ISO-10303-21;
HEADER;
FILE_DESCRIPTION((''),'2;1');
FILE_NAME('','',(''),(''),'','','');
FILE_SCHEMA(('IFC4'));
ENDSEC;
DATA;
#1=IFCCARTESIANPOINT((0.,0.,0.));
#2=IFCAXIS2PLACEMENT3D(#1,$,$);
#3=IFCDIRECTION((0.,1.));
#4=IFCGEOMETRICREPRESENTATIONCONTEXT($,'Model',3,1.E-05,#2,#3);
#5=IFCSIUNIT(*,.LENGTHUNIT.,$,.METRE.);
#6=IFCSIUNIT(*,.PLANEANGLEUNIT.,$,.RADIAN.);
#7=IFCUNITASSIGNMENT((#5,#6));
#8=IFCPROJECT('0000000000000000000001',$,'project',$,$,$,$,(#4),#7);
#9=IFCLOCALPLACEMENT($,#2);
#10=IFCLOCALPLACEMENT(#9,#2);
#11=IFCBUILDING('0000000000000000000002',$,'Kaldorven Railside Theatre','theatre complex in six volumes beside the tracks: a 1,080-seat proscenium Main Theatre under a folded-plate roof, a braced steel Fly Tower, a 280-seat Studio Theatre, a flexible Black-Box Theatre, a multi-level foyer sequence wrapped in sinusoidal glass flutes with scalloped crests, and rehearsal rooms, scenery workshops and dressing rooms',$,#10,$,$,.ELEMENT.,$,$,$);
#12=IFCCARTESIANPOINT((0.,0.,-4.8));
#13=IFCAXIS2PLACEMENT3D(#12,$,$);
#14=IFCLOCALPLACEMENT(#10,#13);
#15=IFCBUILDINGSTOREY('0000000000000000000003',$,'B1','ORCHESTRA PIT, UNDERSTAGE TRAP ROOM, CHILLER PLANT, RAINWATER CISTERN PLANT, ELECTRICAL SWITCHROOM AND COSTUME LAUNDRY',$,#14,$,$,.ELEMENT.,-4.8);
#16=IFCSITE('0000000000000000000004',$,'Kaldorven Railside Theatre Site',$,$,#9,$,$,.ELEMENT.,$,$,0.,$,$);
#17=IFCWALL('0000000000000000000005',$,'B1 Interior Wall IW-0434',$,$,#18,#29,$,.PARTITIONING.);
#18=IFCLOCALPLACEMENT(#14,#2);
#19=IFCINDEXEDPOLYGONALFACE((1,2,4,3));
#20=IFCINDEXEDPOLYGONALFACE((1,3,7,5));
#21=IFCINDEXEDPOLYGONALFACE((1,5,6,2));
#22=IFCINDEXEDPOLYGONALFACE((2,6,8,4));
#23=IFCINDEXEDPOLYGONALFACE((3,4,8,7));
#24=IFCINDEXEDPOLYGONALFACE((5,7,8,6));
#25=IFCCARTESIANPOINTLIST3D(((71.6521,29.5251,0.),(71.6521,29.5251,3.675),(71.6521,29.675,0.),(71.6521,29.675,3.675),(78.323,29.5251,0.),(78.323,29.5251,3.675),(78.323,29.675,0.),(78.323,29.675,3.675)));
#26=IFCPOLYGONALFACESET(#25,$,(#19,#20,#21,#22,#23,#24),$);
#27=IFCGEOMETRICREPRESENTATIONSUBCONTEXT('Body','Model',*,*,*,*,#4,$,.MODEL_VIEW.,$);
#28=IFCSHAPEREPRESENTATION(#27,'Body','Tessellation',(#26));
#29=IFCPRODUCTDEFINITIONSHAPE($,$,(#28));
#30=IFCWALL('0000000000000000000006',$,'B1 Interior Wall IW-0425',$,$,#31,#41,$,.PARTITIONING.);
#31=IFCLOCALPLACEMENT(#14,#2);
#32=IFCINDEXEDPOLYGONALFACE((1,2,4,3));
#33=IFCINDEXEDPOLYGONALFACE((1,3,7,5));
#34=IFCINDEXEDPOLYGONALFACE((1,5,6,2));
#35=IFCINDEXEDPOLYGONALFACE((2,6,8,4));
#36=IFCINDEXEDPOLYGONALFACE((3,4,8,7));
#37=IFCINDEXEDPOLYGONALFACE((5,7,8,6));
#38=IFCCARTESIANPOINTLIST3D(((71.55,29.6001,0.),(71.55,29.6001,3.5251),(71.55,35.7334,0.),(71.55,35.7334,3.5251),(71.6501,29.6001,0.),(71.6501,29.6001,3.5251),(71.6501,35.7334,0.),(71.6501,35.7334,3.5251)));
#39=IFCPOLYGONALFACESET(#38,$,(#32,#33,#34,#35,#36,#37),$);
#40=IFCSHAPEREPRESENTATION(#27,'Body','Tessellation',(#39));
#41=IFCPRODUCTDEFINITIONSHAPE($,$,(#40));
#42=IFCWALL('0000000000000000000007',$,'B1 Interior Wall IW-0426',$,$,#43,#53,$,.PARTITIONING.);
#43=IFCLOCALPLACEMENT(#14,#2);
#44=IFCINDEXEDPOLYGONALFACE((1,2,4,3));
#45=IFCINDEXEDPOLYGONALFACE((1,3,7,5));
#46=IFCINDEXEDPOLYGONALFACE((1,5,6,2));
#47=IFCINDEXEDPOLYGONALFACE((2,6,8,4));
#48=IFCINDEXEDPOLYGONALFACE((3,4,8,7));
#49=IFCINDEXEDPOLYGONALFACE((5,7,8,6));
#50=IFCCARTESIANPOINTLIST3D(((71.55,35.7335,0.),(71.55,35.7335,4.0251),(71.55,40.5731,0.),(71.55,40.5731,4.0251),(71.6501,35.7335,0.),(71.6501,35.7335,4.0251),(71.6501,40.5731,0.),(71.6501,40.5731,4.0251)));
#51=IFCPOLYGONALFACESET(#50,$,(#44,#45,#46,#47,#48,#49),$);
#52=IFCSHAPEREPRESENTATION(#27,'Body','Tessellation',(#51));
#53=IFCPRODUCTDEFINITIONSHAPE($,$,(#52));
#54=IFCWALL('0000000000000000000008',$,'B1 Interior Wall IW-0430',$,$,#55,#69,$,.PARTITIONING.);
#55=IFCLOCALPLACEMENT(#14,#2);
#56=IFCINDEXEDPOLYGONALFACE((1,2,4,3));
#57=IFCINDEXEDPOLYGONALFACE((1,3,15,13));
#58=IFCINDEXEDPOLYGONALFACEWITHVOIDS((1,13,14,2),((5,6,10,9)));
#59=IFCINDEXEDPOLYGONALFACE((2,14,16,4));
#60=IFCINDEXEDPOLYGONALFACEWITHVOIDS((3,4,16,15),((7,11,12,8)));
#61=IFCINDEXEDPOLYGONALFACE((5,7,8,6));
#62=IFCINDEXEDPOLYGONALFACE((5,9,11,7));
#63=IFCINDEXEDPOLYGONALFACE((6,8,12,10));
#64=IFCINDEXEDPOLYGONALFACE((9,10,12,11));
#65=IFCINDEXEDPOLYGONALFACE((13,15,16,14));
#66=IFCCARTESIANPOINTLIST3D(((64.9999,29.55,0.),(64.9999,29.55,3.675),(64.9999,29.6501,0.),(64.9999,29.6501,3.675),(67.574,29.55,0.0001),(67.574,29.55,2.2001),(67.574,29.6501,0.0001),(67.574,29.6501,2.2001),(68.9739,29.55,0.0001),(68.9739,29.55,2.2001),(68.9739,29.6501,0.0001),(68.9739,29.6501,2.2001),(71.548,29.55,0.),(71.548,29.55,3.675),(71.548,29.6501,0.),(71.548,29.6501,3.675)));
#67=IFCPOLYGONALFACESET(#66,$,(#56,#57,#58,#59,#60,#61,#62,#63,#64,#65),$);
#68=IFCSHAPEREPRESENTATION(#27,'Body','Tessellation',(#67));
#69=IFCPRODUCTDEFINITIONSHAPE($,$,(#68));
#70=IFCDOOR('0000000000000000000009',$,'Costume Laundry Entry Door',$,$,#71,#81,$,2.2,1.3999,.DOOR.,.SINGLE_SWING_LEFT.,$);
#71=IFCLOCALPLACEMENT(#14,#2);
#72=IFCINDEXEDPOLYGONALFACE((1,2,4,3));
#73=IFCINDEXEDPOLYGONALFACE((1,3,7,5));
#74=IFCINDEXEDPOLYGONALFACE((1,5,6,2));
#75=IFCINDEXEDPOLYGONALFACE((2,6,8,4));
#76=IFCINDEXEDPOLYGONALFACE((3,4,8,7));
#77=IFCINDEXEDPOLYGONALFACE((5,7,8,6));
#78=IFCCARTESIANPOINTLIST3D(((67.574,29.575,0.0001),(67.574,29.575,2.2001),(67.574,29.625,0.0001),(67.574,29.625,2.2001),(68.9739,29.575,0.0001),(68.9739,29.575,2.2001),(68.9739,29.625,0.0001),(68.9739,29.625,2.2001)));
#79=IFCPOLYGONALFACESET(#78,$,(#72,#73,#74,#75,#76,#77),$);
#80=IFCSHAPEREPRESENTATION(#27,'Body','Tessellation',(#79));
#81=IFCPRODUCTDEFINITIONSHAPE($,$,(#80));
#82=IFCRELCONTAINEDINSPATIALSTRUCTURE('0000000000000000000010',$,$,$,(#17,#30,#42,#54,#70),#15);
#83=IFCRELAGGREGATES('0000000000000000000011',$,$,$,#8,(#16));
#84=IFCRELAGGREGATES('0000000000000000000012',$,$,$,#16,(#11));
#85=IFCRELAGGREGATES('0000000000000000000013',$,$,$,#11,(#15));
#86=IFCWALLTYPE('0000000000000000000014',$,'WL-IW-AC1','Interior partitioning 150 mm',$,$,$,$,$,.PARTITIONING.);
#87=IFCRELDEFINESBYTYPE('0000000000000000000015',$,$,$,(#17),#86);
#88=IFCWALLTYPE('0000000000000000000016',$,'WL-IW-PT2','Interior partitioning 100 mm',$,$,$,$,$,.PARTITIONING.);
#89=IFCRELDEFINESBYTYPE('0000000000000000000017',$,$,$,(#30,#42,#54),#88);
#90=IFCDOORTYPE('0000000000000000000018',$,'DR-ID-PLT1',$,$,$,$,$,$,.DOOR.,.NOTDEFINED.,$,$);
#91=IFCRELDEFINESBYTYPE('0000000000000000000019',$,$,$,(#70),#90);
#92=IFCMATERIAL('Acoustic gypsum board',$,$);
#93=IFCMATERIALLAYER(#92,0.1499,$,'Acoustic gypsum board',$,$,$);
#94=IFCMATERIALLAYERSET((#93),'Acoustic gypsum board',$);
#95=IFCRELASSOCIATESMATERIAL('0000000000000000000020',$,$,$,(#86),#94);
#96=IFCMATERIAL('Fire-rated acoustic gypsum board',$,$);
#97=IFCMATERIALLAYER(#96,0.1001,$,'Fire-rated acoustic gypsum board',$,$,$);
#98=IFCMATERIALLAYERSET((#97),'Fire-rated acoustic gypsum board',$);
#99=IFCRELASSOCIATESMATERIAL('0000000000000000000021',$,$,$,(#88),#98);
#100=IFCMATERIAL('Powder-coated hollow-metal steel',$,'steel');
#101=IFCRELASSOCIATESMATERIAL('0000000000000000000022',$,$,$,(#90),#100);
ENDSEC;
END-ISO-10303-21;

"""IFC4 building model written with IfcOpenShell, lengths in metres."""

from ifc_helpers import new_model, si_unit, direction, frame, frame_2d, origin, place, context, subcontext, project, spatial, rectangle, extrude, material, layer, layer_set, type_object, element, fill, save


model = new_model("IFC4")

# Units and contexts
model_context = context("Model", 3, precision=1e-05, world=origin(), true_north=direction((0.0, 1.0)))
body_context = subcontext(model_context, "Body", "Model", "MODEL_VIEW")
ifc_project = project(units=[si_unit("LENGTHUNIT", "METRE"), si_unit("PLANEANGLEUNIT", "RADIAN")], contexts=[model_context])

# Site, building, storey
site_placement = place(None, origin())
site = spatial("IfcSite", under=ifc_project, at=site_placement, Name="Kaldorven Railside Theatre Site", CompositionType="ELEMENT", RefElevation=0.0)
building_placement = place(site_placement, origin())
building = spatial("IfcBuilding", under=site, at=building_placement, Name="Kaldorven Railside Theatre", Description="theatre complex in six volumes beside the tracks: a 1,080-seat proscenium Main Theatre under a folded-plate roof, a braced steel Fly Tower, a 280-seat Studio Theatre, a flexible Black-Box Theatre, a multi-level foyer sequence wrapped in sinusoidal glass flutes with scalloped crests, and rehearsal rooms, scenery workshops and dressing rooms", CompositionType="ELEMENT")
storey_placement = place(building_placement, frame((0.0, 0.0, -4.8)))
storey = spatial("IfcBuildingStorey", under=building, at=storey_placement, Name="B1", Description="ORCHESTRA PIT, UNDERSTAGE TRAP ROOM, CHILLER PLANT, RAINWATER CISTERN PLANT, ELECTRICAL SWITCHROOM AND COSTUME LAUNDRY", CompositionType="ELEMENT", Elevation=-4.8)

# Walls
ifc_material_1 = material(Name="Acoustic gypsum board")
ifc_layer_1 = layer(ifc_material_1, 0.1499, Name="Acoustic gypsum board")
ifc_layer_set_1 = layer_set([ifc_layer_1], Name="Acoustic gypsum board")
wall_type_1 = type_object("IfcWallType", Name="WL-IW-AC1", Description="Interior partitioning 150 mm", PredefinedType="PARTITIONING", material=ifc_layer_set_1)
wall_1_placement = place(storey_placement, frame((71.6521, 29.6001, 0.0), z_axis=(0.0, 0.0, 1.0), x_axis=(1.0, 0.0, 0.0)))
element("IfcWall", 1, at=wall_1_placement, inside=storey, type_object=wall_type_1, Name="B1 Interior Wall IW-0434", PredefinedType="PARTITIONING", context=body_context, shape_type="SweptSolid", body=[
    extrude(rectangle(XDim=6.6709, YDim=0.1499, at=frame_2d((3.3354, 0.0))), origin(), (0.0, 0.0, 1.0), 3.675),
])
ifc_material_2 = material(Name="Fire-rated acoustic gypsum board")
ifc_layer_2 = layer(ifc_material_2, 0.1001, Name="Fire-rated acoustic gypsum board")
ifc_layer_set_2 = layer_set([ifc_layer_2], Name="Fire-rated acoustic gypsum board")
wall_type_2 = type_object("IfcWallType", Name="WL-IW-PT2", Description="Interior partitioning 100 mm", PredefinedType="PARTITIONING", material=ifc_layer_set_2)
wall_2_placement = place(storey_placement, frame((71.6001, 29.6001, 0.0), z_axis=(0.0, 0.0, 1.0), x_axis=(0.0, 1.0, 0.0)))
element("IfcWall", 2, at=wall_2_placement, inside=storey, type_object=wall_type_2, Name="B1 Interior Wall IW-0425", PredefinedType="PARTITIONING", context=body_context, shape_type="SweptSolid", body=[
    extrude(rectangle(XDim=6.1333, YDim=0.1001, at=frame_2d((3.0667, 0.0))), origin(), (0.0, 0.0, 1.0), 3.5251),
])
wall_3_placement = place(storey_placement, frame((71.6001, 35.7334, 0.0), z_axis=(0.0, 0.0, 1.0), x_axis=(0.0, 1.0, 0.0)))
element("IfcWall", 3, at=wall_3_placement, inside=storey, type_object=wall_type_2, Name="B1 Interior Wall IW-0426", PredefinedType="PARTITIONING", context=body_context, shape_type="SweptSolid", body=[
    extrude(rectangle(XDim=4.8396, YDim=0.1001, at=frame_2d((2.4199, 0.0))), origin(), (0.0, 0.0, 1.0), 4.0251),
])

# Wall, opening, door
wall_4_placement = place(storey_placement, frame((65.0, 29.6001, 0.0), z_axis=(0.0, 0.0, 1.0), x_axis=(1.0, 0.0, 0.0)))
wall_4 = element("IfcWall", 4, at=wall_4_placement, inside=storey, type_object=wall_type_2, Name="B1 Interior Wall IW-0430", PredefinedType="PARTITIONING", context=body_context, shape_type="SweptSolid", body=[
    extrude(rectangle(XDim=6.5481, YDim=0.1001, at=frame_2d((3.2739, 0.0))), origin(), (0.0, 0.0, 1.0), 3.675),
])
opening_placement = place(wall_4_placement, frame((2.574, 0.0, 0.0)))
opening = element("IfcOpeningElement", 5, at=opening_placement, cuts=wall_4, PredefinedType="OPENING", context=body_context, shape_type="SweptSolid", body=[
    extrude(rectangle(XDim=1.3999, YDim=2.2, at=frame_2d((0.7, 1.1001))), frame((0.0, 0.0601, 0.0), z_axis=(0.0, -1.0, 0.0), x_axis=(1.0, 0.0, 0.0)), (0.0, 0.0, 1.0), 0.1201),
])
ifc_material_3 = material(Name="Powder-coated hollow-metal steel", Category="steel")
door_type = type_object("IfcDoorType", Name="DR-ID-PLT1", OperationType="NOTDEFINED", PredefinedType="DOOR", material=ifc_material_3)
door_placement = place(opening_placement, origin())
door = element("IfcDoor", 6, at=door_placement, inside=storey, type_object=door_type, Name="Costume Laundry Entry Door", OperationType="SINGLE_SWING_LEFT", OverallHeight=2.2, OverallWidth=1.3999, PredefinedType="DOOR", context=body_context, shape_type="SweptSolid", body=[
    extrude(rectangle(XDim=1.3999, YDim=2.2, at=frame_2d((0.7, 1.1001))), frame((0.0, 0.0249, 0.0), z_axis=(0.0, -1.0, 0.0), x_axis=(1.0, 0.0, 0.0)), (0.0, 0.0, 1.0), 0.05),
])
fill(opening, door)

save(model, "model.ifc")
